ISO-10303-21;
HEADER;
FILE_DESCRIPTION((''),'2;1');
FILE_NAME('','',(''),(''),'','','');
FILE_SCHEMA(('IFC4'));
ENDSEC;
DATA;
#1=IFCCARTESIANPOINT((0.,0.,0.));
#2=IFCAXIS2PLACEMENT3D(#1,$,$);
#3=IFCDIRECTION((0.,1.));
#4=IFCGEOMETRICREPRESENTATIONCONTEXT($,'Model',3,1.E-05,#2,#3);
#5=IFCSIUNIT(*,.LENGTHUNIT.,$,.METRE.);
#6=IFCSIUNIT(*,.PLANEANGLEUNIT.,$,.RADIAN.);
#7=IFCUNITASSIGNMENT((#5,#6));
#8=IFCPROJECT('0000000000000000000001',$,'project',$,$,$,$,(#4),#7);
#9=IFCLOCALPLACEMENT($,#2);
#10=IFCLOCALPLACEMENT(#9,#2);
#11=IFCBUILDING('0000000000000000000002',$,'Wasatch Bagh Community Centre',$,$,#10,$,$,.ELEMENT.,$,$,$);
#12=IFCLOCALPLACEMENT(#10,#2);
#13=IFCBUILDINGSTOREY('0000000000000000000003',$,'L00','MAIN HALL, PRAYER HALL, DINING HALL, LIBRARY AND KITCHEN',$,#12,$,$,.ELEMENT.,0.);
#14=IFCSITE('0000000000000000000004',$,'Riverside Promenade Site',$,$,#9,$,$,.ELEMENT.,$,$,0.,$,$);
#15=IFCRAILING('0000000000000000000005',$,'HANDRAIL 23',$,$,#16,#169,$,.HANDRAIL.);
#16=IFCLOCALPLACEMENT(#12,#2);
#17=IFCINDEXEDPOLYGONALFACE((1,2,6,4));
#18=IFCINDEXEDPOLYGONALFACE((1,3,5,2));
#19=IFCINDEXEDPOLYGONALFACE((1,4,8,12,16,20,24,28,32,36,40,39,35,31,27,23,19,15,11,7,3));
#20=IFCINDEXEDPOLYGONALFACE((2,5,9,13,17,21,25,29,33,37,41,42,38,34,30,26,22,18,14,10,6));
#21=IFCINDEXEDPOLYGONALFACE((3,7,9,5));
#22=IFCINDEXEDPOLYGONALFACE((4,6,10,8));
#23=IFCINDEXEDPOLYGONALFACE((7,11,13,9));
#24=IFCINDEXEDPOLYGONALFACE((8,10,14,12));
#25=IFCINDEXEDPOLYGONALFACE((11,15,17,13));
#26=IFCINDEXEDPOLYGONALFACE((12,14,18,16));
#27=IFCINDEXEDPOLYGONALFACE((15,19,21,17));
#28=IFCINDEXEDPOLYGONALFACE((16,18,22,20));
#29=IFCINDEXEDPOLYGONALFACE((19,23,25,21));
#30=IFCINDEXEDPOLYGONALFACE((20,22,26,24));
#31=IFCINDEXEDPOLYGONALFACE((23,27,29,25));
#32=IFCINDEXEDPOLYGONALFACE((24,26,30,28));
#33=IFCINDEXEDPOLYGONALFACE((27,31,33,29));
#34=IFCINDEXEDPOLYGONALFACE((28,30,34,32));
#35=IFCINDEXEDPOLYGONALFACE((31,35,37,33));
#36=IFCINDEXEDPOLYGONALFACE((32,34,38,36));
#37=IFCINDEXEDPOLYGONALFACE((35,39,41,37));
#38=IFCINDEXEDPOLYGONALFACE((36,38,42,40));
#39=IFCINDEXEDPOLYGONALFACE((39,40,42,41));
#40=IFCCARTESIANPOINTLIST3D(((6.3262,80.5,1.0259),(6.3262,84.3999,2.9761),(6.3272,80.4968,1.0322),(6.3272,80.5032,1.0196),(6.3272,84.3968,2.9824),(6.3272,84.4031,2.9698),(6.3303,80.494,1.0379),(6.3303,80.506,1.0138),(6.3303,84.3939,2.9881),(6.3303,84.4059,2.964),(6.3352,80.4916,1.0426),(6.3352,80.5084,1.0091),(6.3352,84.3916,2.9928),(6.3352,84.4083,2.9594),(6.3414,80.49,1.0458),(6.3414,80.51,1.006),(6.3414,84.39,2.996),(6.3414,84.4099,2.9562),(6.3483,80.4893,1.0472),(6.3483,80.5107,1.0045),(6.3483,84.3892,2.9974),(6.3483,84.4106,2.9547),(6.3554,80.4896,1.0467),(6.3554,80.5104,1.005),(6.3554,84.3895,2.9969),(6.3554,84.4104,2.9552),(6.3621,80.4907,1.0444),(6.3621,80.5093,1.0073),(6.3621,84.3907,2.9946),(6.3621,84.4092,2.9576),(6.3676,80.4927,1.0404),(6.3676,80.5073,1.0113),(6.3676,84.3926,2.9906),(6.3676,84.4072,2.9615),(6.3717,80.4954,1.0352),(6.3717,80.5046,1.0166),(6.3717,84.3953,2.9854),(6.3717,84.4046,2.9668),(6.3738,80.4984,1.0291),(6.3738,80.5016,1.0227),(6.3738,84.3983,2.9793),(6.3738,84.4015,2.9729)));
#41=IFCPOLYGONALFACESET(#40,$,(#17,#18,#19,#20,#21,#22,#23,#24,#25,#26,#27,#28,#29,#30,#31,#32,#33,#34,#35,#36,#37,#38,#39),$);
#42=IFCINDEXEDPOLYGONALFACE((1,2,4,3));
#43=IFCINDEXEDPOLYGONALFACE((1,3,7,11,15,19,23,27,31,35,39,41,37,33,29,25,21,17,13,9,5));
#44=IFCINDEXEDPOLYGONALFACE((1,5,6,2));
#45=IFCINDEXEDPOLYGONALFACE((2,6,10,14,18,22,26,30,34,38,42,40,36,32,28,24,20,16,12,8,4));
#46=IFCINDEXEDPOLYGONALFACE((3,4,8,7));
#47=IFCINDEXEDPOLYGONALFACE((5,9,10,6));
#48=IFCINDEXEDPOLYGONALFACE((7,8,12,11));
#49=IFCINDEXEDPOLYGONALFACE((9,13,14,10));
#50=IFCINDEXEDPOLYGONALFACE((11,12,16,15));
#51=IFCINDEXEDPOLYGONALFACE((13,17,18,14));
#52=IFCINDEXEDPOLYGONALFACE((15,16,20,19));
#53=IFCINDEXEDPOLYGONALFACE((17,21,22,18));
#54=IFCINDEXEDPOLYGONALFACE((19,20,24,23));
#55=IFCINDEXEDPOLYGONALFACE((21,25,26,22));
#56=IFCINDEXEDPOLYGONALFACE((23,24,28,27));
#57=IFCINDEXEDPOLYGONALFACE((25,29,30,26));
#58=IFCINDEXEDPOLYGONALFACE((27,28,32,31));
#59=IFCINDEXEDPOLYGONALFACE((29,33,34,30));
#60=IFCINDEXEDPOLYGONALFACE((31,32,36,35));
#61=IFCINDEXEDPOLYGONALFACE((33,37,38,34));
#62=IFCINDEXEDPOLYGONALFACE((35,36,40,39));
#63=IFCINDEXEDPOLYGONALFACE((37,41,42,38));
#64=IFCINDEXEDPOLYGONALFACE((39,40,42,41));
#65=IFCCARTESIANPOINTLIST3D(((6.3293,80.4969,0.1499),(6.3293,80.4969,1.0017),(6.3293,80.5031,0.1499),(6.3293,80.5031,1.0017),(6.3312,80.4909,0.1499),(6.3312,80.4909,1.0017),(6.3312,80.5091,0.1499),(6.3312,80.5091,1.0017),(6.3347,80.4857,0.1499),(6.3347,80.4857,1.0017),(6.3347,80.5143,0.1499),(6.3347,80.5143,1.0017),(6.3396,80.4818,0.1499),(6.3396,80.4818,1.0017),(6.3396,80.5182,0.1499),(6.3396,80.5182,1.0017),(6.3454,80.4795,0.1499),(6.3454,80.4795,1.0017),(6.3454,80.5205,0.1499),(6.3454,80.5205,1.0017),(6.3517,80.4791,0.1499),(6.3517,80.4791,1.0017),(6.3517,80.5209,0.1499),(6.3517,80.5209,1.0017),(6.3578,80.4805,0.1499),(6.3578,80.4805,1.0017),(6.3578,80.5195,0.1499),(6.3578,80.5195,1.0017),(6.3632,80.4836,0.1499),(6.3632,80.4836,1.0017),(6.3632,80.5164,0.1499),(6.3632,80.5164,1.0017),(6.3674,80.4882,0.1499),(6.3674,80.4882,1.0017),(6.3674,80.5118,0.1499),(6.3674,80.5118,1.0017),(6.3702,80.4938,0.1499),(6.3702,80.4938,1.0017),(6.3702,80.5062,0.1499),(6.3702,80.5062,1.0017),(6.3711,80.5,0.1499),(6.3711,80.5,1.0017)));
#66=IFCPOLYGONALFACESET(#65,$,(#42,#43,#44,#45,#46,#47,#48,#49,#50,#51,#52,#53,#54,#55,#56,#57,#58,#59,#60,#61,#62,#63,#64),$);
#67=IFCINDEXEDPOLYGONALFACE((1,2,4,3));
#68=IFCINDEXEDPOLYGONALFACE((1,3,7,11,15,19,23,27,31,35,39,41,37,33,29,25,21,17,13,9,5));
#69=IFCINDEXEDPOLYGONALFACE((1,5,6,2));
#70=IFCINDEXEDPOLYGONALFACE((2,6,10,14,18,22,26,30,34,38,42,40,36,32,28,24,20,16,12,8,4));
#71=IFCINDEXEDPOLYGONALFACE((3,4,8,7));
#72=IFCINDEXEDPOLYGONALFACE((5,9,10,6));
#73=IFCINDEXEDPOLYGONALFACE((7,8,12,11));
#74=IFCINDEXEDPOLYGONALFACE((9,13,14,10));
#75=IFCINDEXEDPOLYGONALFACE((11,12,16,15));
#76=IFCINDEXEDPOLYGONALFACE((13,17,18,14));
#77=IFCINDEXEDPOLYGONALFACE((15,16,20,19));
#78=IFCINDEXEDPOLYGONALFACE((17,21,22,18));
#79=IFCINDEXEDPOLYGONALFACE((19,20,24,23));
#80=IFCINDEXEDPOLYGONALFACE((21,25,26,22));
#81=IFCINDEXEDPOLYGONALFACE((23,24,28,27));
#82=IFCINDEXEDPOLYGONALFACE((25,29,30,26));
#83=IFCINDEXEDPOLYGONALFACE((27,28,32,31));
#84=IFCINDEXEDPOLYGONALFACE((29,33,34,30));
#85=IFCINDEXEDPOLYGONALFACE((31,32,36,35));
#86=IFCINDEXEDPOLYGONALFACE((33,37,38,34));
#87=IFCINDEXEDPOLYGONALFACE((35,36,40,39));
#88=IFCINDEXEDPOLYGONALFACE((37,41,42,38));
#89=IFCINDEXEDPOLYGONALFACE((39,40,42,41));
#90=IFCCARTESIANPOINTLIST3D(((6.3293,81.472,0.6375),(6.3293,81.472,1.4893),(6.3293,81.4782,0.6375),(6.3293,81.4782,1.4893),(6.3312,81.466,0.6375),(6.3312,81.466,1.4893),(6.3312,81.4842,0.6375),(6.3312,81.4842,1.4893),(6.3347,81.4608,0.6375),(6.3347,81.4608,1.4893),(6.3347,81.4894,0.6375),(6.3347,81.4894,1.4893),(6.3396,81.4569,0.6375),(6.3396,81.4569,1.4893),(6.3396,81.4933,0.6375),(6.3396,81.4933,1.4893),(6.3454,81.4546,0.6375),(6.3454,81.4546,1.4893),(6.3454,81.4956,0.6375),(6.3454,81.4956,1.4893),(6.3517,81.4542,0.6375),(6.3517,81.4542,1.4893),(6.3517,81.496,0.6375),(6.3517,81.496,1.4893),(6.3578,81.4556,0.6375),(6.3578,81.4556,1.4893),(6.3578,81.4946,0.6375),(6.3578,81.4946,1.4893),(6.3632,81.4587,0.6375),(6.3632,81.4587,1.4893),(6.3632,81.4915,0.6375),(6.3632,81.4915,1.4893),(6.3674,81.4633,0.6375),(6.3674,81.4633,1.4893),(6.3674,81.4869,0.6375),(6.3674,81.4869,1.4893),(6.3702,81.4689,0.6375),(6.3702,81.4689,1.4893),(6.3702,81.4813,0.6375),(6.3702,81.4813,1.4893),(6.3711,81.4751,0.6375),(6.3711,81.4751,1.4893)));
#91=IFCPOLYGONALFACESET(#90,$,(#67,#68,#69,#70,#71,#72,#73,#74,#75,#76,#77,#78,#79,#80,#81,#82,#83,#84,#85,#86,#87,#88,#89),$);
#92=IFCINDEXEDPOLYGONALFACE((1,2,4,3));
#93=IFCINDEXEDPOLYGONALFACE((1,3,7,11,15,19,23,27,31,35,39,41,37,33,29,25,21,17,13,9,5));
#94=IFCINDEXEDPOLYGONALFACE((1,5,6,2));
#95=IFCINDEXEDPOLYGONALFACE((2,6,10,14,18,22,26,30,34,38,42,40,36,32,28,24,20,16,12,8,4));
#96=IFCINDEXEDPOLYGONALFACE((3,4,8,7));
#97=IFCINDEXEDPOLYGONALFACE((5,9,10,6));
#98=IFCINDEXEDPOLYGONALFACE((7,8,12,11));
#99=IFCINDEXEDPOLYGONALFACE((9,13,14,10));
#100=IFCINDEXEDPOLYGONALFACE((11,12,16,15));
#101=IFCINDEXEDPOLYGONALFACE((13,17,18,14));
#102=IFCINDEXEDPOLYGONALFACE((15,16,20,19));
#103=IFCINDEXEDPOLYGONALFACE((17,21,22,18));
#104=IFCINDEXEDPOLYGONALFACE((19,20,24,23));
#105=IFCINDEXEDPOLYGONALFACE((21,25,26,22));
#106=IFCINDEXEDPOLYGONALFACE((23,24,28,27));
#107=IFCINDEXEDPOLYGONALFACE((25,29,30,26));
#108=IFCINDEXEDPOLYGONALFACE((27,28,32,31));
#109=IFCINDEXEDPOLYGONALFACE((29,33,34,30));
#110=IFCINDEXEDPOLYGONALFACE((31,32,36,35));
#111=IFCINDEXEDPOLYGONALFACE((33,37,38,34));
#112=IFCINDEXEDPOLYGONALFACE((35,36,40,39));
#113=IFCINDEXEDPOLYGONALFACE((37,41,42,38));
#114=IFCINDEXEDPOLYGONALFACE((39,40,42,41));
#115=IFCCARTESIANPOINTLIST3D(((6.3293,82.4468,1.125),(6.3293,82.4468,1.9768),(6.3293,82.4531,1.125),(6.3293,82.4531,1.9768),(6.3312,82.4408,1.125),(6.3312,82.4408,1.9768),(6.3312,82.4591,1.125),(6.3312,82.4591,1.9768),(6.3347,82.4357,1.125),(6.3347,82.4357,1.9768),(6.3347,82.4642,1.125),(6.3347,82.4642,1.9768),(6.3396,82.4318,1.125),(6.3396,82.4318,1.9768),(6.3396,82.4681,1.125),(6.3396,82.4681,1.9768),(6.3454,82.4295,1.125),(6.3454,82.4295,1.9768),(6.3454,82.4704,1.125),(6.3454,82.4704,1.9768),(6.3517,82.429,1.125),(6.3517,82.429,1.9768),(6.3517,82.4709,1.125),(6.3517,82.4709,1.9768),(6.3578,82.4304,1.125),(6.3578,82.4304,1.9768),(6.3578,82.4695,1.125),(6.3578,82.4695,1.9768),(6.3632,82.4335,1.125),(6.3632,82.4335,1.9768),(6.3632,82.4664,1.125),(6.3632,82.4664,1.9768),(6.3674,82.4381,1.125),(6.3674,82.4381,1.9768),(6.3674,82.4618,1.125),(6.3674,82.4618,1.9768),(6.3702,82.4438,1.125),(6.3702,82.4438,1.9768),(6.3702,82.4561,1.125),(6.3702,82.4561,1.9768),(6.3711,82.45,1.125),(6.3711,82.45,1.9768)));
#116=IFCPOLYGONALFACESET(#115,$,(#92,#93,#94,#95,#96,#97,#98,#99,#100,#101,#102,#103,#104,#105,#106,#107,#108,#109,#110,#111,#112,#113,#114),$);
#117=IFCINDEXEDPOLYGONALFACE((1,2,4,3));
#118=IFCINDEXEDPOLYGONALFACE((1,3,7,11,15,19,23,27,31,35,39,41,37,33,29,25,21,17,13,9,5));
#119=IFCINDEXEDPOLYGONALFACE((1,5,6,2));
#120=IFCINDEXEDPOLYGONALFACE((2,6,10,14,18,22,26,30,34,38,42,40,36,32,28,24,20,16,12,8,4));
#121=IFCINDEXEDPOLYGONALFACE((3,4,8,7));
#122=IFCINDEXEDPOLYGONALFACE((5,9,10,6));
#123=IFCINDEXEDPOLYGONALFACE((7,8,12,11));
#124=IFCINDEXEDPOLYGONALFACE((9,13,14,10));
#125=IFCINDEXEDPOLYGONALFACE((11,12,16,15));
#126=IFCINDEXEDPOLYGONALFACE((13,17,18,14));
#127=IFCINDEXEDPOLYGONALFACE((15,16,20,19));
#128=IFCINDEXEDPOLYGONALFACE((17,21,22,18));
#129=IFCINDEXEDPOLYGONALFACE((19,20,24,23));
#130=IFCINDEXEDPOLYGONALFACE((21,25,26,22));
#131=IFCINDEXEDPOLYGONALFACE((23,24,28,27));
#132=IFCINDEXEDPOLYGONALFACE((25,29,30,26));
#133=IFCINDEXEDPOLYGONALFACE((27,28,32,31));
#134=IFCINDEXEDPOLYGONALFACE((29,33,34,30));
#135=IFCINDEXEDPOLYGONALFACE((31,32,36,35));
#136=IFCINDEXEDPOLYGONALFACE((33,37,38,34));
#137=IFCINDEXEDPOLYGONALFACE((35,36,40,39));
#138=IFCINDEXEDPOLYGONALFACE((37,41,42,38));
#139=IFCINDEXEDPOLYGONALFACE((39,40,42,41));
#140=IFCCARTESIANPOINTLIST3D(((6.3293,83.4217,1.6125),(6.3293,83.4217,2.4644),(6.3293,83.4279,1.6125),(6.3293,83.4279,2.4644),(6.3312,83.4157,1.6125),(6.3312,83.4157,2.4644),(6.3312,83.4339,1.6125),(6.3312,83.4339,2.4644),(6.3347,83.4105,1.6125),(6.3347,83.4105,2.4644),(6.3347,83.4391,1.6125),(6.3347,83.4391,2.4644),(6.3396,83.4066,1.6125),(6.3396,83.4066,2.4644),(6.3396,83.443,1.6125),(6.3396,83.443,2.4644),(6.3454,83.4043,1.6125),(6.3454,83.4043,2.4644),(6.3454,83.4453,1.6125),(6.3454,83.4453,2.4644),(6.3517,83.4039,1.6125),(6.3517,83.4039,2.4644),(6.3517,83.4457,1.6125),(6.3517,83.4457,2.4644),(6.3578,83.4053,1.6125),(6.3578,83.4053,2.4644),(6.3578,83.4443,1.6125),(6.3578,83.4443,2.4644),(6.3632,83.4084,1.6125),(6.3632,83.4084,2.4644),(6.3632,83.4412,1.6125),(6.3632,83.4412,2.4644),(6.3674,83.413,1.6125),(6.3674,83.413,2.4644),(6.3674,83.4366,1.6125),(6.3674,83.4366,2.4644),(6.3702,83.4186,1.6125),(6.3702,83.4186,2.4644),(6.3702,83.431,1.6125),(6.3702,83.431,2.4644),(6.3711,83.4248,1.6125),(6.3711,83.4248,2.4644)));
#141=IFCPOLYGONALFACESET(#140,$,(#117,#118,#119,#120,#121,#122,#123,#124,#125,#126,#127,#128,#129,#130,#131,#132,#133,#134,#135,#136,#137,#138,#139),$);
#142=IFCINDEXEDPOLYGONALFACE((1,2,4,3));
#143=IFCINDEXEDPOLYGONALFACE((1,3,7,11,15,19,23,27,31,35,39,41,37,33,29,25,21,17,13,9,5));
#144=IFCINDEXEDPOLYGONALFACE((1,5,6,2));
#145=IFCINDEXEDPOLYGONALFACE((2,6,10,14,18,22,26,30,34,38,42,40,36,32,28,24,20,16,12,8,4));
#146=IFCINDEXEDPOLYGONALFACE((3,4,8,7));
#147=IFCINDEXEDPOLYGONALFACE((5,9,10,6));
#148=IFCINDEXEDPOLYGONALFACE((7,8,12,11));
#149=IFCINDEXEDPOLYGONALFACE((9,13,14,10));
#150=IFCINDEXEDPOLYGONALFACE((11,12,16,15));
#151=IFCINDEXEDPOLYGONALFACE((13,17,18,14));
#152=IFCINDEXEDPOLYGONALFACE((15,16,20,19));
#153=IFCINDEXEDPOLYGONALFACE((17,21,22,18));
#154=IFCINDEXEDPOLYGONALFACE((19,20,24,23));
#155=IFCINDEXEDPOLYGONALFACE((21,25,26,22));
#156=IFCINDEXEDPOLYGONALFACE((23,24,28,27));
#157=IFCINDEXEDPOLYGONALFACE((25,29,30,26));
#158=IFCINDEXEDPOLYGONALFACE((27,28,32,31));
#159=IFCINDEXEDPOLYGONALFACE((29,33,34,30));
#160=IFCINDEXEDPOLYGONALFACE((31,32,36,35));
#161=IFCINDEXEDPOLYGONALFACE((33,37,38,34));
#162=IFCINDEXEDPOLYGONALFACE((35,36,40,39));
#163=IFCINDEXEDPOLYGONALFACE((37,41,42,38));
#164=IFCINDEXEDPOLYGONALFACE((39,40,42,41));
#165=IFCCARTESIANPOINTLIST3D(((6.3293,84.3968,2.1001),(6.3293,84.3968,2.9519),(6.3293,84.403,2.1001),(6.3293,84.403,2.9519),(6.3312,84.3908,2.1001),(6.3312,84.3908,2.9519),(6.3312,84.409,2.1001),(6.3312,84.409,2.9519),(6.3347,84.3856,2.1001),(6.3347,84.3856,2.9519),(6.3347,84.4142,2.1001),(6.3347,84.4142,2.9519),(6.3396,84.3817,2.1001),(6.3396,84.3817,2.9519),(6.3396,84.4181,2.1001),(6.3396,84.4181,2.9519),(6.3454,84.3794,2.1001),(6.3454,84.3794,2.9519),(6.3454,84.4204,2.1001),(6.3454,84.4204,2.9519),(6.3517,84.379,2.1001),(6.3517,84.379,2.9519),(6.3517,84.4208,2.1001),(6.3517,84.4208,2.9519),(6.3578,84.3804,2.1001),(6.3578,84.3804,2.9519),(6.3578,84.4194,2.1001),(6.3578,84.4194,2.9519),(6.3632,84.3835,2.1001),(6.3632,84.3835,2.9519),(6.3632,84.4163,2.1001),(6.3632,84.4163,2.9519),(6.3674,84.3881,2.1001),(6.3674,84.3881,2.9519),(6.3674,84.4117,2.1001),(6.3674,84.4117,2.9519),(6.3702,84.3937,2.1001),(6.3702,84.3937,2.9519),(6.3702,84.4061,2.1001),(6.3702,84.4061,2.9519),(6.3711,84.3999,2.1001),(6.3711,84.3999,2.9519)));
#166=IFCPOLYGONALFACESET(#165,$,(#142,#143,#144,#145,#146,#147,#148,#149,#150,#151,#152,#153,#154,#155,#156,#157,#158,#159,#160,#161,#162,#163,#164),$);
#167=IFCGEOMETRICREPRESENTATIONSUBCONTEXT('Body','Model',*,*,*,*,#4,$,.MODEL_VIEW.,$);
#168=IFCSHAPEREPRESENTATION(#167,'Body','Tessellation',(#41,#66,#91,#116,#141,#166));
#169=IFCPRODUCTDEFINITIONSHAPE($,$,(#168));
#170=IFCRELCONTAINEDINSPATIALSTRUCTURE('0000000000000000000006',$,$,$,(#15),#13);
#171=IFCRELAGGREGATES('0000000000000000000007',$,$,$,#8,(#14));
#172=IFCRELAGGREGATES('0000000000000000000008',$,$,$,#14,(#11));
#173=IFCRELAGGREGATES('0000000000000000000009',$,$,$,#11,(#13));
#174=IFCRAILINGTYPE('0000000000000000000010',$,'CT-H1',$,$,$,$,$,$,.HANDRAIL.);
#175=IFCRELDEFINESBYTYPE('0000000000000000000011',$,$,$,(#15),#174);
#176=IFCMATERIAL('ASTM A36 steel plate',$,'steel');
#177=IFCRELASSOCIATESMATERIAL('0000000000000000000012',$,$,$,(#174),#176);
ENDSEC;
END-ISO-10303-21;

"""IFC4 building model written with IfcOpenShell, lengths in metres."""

from ifc_helpers import new_model, si_unit, direction, frame, origin, origin_2d, place, context, subcontext, project, spatial, circle, extrude, material, type_object, element, save


model = new_model("IFC4")

# Units and contexts
model_context = context("Model", 3, precision=1e-05, world=origin(), true_north=direction((0.0, 1.0)))
body_context = subcontext(model_context, "Body", "Model", "MODEL_VIEW")
ifc_project = project(units=[si_unit("LENGTHUNIT", "METRE"), si_unit("PLANEANGLEUNIT", "RADIAN")], contexts=[model_context])

# Site, building, storey
site_placement = place(None, origin())
site = spatial("IfcSite", under=ifc_project, at=site_placement, Name="Riverside Promenade Site", CompositionType="ELEMENT", RefElevation=0.0)
building_placement = place(site_placement, origin())
building = spatial("IfcBuilding", under=site, at=building_placement, Name="Wasatch Bagh Community Centre", CompositionType="ELEMENT")
storey_placement = place(building_placement, origin())
storey = spatial("IfcBuildingStorey", under=building, at=storey_placement, Name="L00", Description="MAIN HALL, PRAYER HALL, DINING HALL, LIBRARY AND KITCHEN", CompositionType="ELEMENT", Elevation=0.0)

# Railing
ifc_material_1 = material(Name="ASTM A36 steel plate", Category="steel")
railing_type_1 = type_object("IfcRailingType", Name="CT-H1", PredefinedType="HANDRAIL", material=ifc_material_1)
for number, where, name in (
    (1, (6.3501, 80.5, 0.1499), "HANDRAIL 23"),
):
    element("IfcRailing", number, at=place(storey_placement, frame(where)), inside=storey, type_object=railing_type_1, Name=name, PredefinedType="HANDRAIL", context=body_context, shape_type="SweptSolid", body=[
        extrude(circle(Radius=0.0239, at=origin_2d()), frame((0.0, 0.0, 0.876), z_axis=(0.0, 0.894405, 0.447258), x_axis=(-1.0, 0.0, 0.0)), (0.0, 0.0, 1.0), 4.3604),
        extrude(circle(Radius=0.021, at=origin_2d()), origin(), (0.0, 0.0, 1.0), 0.8518),
        extrude(circle(Radius=0.021, at=origin_2d()), frame((0.0, 0.9751, 0.4875)), (0.0, 0.0, 1.0), 0.8518),
        extrude(circle(Radius=0.021, at=origin_2d()), frame((0.0, 1.95, 0.9751)), (0.0, 0.0, 1.0), 0.8518),
        extrude(circle(Radius=0.021, at=origin_2d()), frame((0.0, 2.9248, 1.4626)), (0.0, 0.0, 1.0), 0.8518),
        extrude(circle(Radius=0.021, at=origin_2d()), frame((0.0, 3.8999, 1.9502)), (0.0, 0.0, 1.0), 0.8518),
    ])

save(model, "model.ifc")
